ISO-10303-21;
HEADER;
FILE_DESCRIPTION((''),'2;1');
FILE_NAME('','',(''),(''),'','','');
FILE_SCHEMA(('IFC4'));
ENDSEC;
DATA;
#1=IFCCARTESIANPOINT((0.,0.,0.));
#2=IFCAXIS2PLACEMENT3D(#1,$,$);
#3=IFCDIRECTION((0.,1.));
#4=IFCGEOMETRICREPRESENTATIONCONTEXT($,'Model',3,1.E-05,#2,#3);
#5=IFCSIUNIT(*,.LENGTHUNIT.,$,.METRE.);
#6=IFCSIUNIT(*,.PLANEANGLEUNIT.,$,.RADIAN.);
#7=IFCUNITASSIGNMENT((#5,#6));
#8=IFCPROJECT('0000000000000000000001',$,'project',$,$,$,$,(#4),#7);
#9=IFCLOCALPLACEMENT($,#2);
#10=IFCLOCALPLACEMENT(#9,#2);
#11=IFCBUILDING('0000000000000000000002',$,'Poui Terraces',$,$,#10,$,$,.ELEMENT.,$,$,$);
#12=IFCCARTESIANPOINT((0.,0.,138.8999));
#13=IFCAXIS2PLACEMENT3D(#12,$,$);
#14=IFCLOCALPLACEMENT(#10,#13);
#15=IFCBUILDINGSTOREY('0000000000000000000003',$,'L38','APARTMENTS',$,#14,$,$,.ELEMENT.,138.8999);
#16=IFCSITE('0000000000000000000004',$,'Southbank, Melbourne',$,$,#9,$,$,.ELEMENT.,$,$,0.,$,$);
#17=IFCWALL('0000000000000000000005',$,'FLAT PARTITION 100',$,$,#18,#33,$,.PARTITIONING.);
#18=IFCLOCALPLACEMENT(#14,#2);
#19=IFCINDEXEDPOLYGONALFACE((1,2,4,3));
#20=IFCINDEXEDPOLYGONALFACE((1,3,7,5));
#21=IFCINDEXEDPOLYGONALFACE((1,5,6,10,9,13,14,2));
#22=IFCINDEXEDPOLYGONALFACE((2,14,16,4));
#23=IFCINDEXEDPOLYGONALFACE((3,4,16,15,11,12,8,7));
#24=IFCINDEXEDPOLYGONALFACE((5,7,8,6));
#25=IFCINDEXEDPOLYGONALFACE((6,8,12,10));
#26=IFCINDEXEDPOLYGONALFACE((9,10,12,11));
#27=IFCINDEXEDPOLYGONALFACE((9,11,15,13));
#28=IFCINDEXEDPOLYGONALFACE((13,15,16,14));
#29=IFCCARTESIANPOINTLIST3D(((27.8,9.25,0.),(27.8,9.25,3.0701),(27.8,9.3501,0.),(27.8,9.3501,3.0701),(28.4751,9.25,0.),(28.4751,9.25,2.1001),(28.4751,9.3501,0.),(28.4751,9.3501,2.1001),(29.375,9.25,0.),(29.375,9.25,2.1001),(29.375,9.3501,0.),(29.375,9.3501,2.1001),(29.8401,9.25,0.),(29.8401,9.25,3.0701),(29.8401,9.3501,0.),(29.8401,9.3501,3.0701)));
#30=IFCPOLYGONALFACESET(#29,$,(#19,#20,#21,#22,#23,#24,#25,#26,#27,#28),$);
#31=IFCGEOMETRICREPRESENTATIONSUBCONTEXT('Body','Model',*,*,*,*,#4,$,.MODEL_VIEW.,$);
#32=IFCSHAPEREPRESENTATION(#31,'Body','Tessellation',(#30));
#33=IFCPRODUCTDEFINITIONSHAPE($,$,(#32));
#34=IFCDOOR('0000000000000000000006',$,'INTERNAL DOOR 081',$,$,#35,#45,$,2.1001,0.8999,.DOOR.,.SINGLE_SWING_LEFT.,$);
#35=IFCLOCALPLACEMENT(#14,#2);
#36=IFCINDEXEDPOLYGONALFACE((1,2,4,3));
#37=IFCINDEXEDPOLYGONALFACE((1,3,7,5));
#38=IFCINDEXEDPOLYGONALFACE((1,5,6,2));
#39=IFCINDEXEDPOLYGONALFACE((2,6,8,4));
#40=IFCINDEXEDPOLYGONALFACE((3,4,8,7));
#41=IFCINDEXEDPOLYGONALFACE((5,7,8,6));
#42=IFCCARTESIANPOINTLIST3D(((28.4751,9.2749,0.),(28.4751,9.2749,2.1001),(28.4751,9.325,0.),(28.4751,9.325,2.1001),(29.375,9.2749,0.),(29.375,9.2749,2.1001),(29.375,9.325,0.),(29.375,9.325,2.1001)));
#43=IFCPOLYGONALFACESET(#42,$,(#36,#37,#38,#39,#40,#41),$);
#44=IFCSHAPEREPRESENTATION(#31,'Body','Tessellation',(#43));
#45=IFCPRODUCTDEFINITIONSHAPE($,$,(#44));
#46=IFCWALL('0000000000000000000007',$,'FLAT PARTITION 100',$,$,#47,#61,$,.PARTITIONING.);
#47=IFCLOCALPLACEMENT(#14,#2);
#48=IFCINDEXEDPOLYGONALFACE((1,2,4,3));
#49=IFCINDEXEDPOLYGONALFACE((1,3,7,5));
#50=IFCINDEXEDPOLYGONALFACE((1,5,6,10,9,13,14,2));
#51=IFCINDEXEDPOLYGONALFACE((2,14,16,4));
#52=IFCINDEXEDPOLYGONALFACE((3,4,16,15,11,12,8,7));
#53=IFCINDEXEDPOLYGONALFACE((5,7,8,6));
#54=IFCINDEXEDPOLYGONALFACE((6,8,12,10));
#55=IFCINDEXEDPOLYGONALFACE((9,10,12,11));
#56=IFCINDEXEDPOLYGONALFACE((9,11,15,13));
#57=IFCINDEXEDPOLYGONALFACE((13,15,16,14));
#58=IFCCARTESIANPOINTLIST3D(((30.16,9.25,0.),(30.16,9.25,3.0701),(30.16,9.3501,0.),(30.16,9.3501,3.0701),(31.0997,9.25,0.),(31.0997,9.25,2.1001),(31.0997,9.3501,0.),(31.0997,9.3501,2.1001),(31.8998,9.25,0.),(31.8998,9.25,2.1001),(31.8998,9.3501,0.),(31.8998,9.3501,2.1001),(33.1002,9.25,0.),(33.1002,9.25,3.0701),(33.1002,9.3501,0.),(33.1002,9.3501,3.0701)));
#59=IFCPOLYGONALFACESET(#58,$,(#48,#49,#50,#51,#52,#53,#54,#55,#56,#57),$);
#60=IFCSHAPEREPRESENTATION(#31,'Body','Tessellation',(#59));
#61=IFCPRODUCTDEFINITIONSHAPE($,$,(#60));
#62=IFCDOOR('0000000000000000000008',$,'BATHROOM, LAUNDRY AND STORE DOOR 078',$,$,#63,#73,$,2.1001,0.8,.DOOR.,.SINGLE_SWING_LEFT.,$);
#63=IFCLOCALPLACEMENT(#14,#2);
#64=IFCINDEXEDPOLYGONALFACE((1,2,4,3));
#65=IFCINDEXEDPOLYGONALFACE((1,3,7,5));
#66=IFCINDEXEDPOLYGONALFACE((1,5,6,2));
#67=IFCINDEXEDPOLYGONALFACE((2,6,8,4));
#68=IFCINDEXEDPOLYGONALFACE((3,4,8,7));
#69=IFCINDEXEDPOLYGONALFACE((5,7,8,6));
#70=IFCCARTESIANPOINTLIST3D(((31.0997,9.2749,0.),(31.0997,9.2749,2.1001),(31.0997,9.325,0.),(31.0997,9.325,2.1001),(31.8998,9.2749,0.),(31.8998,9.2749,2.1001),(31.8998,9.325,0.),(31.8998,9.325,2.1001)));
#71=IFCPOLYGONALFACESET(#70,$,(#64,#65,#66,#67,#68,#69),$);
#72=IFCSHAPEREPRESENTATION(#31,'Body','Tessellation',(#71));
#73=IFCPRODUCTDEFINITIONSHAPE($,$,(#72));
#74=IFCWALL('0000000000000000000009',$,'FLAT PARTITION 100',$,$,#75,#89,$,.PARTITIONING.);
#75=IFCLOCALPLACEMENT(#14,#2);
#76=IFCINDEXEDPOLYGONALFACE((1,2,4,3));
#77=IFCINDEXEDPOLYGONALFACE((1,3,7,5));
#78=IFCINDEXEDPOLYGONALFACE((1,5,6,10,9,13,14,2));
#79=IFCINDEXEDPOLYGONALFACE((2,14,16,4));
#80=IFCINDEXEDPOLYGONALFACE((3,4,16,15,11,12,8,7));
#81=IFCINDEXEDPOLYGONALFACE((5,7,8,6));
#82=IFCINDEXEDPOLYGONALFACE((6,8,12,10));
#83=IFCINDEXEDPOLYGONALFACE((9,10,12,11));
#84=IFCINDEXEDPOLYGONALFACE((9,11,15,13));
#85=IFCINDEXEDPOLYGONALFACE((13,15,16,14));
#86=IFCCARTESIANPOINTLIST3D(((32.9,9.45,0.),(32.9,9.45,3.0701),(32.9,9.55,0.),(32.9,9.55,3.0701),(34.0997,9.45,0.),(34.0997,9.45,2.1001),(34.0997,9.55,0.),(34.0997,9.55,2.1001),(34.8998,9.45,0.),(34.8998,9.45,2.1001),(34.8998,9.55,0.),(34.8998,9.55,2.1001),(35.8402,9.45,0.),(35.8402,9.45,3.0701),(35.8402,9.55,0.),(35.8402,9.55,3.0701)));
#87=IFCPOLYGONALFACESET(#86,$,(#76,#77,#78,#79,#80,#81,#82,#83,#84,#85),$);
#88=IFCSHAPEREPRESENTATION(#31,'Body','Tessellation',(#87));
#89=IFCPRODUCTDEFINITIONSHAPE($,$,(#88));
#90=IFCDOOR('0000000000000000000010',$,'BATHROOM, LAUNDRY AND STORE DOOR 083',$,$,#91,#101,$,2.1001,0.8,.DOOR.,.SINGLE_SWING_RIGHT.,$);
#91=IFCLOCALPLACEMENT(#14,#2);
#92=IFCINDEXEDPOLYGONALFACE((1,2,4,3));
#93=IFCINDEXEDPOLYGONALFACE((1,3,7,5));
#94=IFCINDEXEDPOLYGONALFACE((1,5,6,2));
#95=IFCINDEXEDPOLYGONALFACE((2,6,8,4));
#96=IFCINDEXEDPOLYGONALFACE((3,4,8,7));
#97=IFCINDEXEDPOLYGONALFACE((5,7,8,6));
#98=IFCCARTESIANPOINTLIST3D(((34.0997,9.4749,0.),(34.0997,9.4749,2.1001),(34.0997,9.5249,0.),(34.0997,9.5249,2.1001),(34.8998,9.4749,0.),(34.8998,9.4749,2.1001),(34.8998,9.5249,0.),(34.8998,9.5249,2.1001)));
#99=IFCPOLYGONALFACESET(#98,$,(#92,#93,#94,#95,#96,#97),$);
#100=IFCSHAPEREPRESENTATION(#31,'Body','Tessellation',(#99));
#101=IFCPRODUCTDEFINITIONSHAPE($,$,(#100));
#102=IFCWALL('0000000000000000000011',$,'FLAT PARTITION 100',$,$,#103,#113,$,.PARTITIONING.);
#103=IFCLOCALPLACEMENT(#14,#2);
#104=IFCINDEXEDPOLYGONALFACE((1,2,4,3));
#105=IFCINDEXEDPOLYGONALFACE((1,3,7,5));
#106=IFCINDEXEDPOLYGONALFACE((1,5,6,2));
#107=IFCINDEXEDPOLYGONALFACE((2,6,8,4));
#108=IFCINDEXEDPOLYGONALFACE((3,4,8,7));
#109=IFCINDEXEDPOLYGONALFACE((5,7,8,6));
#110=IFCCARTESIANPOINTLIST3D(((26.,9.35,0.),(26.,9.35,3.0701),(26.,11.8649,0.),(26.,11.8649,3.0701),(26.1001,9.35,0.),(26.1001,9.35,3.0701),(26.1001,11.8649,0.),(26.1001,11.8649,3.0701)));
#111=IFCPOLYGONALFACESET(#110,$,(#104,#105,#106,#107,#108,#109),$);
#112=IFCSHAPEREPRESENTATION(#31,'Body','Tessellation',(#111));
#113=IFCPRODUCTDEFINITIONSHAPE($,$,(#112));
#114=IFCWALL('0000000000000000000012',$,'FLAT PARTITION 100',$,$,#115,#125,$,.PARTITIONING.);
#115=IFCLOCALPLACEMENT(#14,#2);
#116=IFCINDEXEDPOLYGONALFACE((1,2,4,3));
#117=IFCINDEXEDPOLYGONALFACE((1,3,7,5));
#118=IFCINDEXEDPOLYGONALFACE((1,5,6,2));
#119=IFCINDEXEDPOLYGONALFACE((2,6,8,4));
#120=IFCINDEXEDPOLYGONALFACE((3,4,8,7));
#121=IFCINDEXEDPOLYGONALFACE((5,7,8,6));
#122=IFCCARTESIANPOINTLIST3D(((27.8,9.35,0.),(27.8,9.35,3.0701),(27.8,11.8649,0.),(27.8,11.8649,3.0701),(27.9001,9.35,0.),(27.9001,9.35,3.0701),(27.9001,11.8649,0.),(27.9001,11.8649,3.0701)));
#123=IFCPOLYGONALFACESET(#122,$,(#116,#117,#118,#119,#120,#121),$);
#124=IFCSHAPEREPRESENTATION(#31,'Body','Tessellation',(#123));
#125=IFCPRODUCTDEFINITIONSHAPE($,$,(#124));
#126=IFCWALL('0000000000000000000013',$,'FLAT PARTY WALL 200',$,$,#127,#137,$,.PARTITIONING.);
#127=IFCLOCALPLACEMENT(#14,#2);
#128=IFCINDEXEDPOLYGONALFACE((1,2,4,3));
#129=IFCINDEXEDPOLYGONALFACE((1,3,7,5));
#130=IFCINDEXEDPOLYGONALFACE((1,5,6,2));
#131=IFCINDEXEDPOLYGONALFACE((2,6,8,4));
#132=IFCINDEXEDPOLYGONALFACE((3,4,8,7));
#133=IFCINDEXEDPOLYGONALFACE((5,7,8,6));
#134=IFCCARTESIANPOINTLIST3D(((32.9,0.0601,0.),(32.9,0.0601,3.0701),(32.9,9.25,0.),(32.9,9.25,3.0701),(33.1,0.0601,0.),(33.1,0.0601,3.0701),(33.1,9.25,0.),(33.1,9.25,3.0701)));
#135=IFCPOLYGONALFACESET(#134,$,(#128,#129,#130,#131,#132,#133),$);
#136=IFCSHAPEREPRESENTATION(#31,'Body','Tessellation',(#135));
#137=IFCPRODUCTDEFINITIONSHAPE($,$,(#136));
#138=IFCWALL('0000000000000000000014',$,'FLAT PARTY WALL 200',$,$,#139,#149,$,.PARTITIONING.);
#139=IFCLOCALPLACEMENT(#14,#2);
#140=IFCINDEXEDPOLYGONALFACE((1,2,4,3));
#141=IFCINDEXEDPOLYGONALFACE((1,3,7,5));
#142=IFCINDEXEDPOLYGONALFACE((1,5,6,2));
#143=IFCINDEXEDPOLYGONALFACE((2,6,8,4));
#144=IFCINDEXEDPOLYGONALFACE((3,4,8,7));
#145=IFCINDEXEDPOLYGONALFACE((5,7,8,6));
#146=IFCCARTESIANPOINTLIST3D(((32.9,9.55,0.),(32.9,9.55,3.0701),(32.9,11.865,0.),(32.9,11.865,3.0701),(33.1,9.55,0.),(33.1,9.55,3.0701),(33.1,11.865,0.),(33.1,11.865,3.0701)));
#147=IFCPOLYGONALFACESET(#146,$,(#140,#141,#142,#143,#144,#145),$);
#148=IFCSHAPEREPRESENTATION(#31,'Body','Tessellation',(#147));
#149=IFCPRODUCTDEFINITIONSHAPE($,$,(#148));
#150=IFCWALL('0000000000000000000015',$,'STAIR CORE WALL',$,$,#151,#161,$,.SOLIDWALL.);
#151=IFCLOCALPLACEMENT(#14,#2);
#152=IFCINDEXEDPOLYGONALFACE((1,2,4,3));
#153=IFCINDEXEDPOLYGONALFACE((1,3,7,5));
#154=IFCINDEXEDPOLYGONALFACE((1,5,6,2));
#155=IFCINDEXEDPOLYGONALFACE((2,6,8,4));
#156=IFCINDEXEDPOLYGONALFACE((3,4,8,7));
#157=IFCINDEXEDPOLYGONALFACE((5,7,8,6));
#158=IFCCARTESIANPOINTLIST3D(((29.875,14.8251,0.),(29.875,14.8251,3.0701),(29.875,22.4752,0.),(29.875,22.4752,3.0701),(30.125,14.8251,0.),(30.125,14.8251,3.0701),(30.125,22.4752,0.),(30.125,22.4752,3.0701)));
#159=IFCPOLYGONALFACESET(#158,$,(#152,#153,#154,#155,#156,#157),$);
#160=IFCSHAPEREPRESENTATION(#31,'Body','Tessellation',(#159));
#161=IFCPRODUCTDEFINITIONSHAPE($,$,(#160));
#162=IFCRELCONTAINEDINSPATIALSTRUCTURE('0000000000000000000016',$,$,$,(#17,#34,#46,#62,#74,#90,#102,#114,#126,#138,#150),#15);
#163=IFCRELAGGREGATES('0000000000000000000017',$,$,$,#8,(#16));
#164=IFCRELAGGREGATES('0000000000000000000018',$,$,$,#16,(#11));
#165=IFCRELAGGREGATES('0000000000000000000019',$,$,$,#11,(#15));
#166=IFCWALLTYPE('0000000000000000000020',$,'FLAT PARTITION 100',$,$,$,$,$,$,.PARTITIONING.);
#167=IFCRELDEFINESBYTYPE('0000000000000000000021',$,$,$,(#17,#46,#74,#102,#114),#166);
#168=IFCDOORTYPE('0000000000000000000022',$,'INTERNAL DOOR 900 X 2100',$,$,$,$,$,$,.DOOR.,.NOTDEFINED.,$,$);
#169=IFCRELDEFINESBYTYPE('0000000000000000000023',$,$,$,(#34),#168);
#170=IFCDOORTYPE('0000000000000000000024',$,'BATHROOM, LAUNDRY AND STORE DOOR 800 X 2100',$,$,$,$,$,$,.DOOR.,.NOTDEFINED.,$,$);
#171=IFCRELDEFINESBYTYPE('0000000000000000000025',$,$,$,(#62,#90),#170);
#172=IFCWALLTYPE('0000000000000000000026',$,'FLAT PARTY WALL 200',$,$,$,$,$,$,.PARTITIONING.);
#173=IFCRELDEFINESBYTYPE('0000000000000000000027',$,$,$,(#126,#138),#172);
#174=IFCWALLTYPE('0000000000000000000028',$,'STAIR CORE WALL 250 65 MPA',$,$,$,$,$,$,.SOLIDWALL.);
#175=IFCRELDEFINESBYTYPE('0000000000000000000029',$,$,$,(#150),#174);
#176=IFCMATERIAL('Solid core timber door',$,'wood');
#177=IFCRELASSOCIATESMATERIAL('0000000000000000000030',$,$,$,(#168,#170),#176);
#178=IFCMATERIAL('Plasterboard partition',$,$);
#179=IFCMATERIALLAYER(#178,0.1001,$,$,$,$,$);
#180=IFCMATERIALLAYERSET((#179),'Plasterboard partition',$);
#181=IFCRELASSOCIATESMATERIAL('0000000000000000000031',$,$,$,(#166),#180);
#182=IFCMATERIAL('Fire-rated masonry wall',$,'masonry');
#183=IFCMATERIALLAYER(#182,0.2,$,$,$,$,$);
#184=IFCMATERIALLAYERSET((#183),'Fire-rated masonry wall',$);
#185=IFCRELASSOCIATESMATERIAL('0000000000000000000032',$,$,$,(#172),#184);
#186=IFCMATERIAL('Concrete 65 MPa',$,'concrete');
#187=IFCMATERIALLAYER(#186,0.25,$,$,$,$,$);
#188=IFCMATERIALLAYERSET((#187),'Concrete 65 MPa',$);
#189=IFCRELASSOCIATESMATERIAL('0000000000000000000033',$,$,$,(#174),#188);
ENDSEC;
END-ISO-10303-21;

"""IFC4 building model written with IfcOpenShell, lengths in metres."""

from ifc_helpers import new_model, si_unit, direction, frame, frame_2d, origin, place, context, subcontext, project, spatial, rectangle, extrude, material, layer, layer_set, type_object, element, fill, save


model = new_model("IFC4")

# Units and contexts
model_context = context("Model", 3, precision=1e-05, world=origin(), true_north=direction((0.0, 1.0)))
body_context = subcontext(model_context, "Body", "Model", "MODEL_VIEW")
ifc_project = project(units=[si_unit("LENGTHUNIT", "METRE"), si_unit("PLANEANGLEUNIT", "RADIAN")], contexts=[model_context])

# Site, building, storey
site_placement = place(None, origin())
site = spatial("IfcSite", under=ifc_project, at=site_placement, Name="Southbank, Melbourne", CompositionType="ELEMENT", RefElevation=0.0)
building_placement = place(site_placement, origin())
building = spatial("IfcBuilding", under=site, at=building_placement, Name="Poui Terraces", CompositionType="ELEMENT")
storey_placement = place(building_placement, frame((0.0, 0.0, 138.8999)))
storey = spatial("IfcBuildingStorey", under=building, at=storey_placement, Name="L38", Description="APARTMENTS", CompositionType="ELEMENT", Elevation=138.8999)

# Shared definitions
ifc_material_1 = material(Name="Concrete 65 MPa", Category="concrete")

# Walls, openings, doors
ifc_material_2 = material(Name="Solid core timber door", Category="wood")
door_type_1 = type_object("IfcDoorType", Name="INTERNAL DOOR 900 X 2100", OperationType="NOTDEFINED", PredefinedType="DOOR", material=ifc_material_2)
ifc_material_3 = material(Name="Plasterboard partition")
ifc_layer_1 = layer(ifc_material_3, 0.1001)
ifc_layer_set_1 = layer_set([ifc_layer_1], Name="Plasterboard partition")
wall_type_1 = type_object("IfcWallType", Name="FLAT PARTITION 100", PredefinedType="PARTITIONING", material=ifc_layer_set_1)
door_type_2 = type_object("IfcDoorType", Name="BATHROOM, LAUNDRY AND STORE DOOR 800 X 2100", OperationType="NOTDEFINED", PredefinedType="DOOR", material=ifc_material_2)
wall_1_placement = place(storey_placement, frame((27.8, 9.3, 0.0), z_axis=(0.0, 0.0, 1.0), x_axis=(1.0, 0.0, 0.0)))
wall_1 = element("IfcWall", 1, at=wall_1_placement, inside=storey, type_object=wall_type_1, Name="FLAT PARTITION 100", PredefinedType="PARTITIONING", context=body_context, shape_type="SweptSolid", body=[
    extrude(rectangle(XDim=2.04, YDim=0.1001, at=frame_2d((1.02, 0.0))), origin(), (0.0, 0.0, 1.0), 3.0701),
])
opening_1_placement = place(wall_1_placement, frame((0.675, 0.0, 0.0)))
opening_1 = element("IfcOpeningElement", 2, at=opening_1_placement, cuts=wall_1, PredefinedType="OPENING", context=body_context, shape_type="SweptSolid", body=[
    extrude(rectangle(XDim=0.8999, YDim=2.1001, at=frame_2d((0.45, 1.05))), frame((0.0, 0.0601, 0.0), z_axis=(0.0, -1.0, 0.0), x_axis=(1.0, 0.0, 0.0)), (0.0, 0.0, 1.0), 0.1201),
])
door_1_placement = place(opening_1_placement, origin())
door_1 = element("IfcDoor", 3, at=door_1_placement, inside=storey, type_object=door_type_1, Name="INTERNAL DOOR 081", OperationType="SINGLE_SWING_LEFT", OverallHeight=2.1001, OverallWidth=0.8999, PredefinedType="DOOR", context=body_context, shape_type="SweptSolid", body=[
    extrude(rectangle(XDim=0.8999, YDim=2.1001, at=frame_2d((0.45, 1.05))), frame((0.0, 0.0249, 0.0), z_axis=(0.0, -1.0, 0.0), x_axis=(1.0, 0.0, 0.0)), (0.0, 0.0, 1.0), 0.05),
])
fill(opening_1, door_1)
wall_2_placement = place(storey_placement, frame((30.1599, 9.3, 0.0), z_axis=(0.0, 0.0, 1.0), x_axis=(1.0, 0.0, 0.0)))
wall_2 = element("IfcWall", 4, at=wall_2_placement, inside=storey, type_object=wall_type_1, Name="FLAT PARTITION 100", PredefinedType="PARTITIONING", context=body_context, shape_type="SweptSolid", body=[
    extrude(rectangle(XDim=2.9402, YDim=0.1001, at=frame_2d((1.4702, 0.0))), origin(), (0.0, 0.0, 1.0), 3.0701),
])
opening_2_placement = place(wall_2_placement, frame((0.9399, 0.0, 0.0)))
opening_2 = element("IfcOpeningElement", 5, at=opening_2_placement, cuts=wall_2, PredefinedType="OPENING", context=body_context, shape_type="SweptSolid", body=[
    extrude(rectangle(XDim=0.8, YDim=2.1001, at=frame_2d((0.3999, 1.05))), frame((0.0, 0.0601, 0.0), z_axis=(0.0, -1.0, 0.0), x_axis=(1.0, 0.0, 0.0)), (0.0, 0.0, 1.0), 0.1201),
])
door_2_placement = place(opening_2_placement, origin())
door_2 = element("IfcDoor", 6, at=door_2_placement, inside=storey, type_object=door_type_2, Name="BATHROOM, LAUNDRY AND STORE DOOR 078", OperationType="SINGLE_SWING_LEFT", OverallHeight=2.1001, OverallWidth=0.8, PredefinedType="DOOR", context=body_context, shape_type="SweptSolid", body=[
    extrude(rectangle(XDim=0.8, YDim=2.1001, at=frame_2d((0.3999, 1.05))), frame((0.0, 0.0249, 0.0), z_axis=(0.0, -1.0, 0.0), x_axis=(1.0, 0.0, 0.0)), (0.0, 0.0, 1.0), 0.05),
])
fill(opening_2, door_2)
wall_3_placement = place(storey_placement, frame((32.8999, 9.5, 0.0), z_axis=(0.0, 0.0, 1.0), x_axis=(1.0, 0.0, 0.0)))
wall_3 = element("IfcWall", 7, at=wall_3_placement, inside=storey, type_object=wall_type_1, Name="FLAT PARTITION 100", PredefinedType="PARTITIONING", context=body_context, shape_type="SweptSolid", body=[
    extrude(rectangle(XDim=2.9402, YDim=0.1001, at=frame_2d((1.4702, 0.0))), origin(), (0.0, 0.0, 1.0), 3.0701),
])
opening_3_placement = place(wall_3_placement, frame((1.2, 0.0, 0.0)))
opening_3 = element("IfcOpeningElement", 8, at=opening_3_placement, cuts=wall_3, PredefinedType="OPENING", context=body_context, shape_type="SweptSolid", body=[
    extrude(rectangle(XDim=0.8, YDim=2.1001, at=frame_2d((0.3999, 1.05))), frame((0.0, 0.0601, 0.0), z_axis=(0.0, -1.0, 0.0), x_axis=(1.0, 0.0, 0.0)), (0.0, 0.0, 1.0), 0.1201),
])
door_3_placement = place(opening_3_placement, origin())
door_3 = element("IfcDoor", 9, at=door_3_placement, inside=storey, type_object=door_type_2, Name="BATHROOM, LAUNDRY AND STORE DOOR 083", OperationType="SINGLE_SWING_RIGHT", OverallHeight=2.1001, OverallWidth=0.8, PredefinedType="DOOR", context=body_context, shape_type="SweptSolid", body=[
    extrude(rectangle(XDim=0.8, YDim=2.1001, at=frame_2d((0.3999, 1.05))), frame((0.0, 0.0249, 0.0), z_axis=(0.0, -1.0, 0.0), x_axis=(1.0, 0.0, 0.0)), (0.0, 0.0, 1.0), 0.05),
])
fill(opening_3, door_3)

# Walls
for number, where, z_axis, x_axis, name in (
    (10, (26.05, 9.3501, 0.0), (0.0, 0.0, 1.0), (0.0, 1.0, 0.0), "FLAT PARTITION 100"),
    (11, (27.8501, 9.3501, 0.0), (0.0, 0.0, 1.0), (0.0, 1.0, 0.0), "FLAT PARTITION 100"),
):
    element("IfcWall", number, at=place(storey_placement, frame(where, z_axis=z_axis, x_axis=x_axis)), inside=storey, type_object=wall_type_1, Name=name, PredefinedType="PARTITIONING", context=body_context, shape_type="SweptSolid", body=[
        extrude(rectangle(XDim=2.5149, YDim=0.1001, at=frame_2d((1.2573, 0.0))), origin(), (0.0, 0.0, 1.0), 3.0701),
    ])
ifc_material_4 = material(Name="Fire-rated masonry wall", Category="masonry")
ifc_layer_2 = layer(ifc_material_4, 0.2)
ifc_layer_set_2 = layer_set([ifc_layer_2], Name="Fire-rated masonry wall")
wall_type_2 = type_object("IfcWallType", Name="FLAT PARTY WALL 200", PredefinedType="PARTITIONING", material=ifc_layer_set_2)
wall_4_placement = place(storey_placement, frame((33.0, 0.0601, 0.0), z_axis=(0.0, 0.0, 1.0), x_axis=(0.0, 1.0, 0.0)))
element("IfcWall", 12, at=wall_4_placement, inside=storey, type_object=wall_type_2, Name="FLAT PARTY WALL 200", PredefinedType="PARTITIONING", context=body_context, shape_type="SweptSolid", body=[
    extrude(rectangle(XDim=9.1899, YDim=0.2, at=frame_2d((4.595, 0.0))), origin(), (0.0, 0.0, 1.0), 3.0701),
])
wall_5_placement = place(storey_placement, frame((33.0, 9.55, 0.0), z_axis=(0.0, 0.0, 1.0), x_axis=(0.0, 1.0, 0.0)))
element("IfcWall", 13, at=wall_5_placement, inside=storey, type_object=wall_type_2, Name="FLAT PARTY WALL 200", PredefinedType="PARTITIONING", context=body_context, shape_type="SweptSolid", body=[
    extrude(rectangle(XDim=2.3149, YDim=0.2, at=frame_2d((1.1575, 0.0))), origin(), (0.0, 0.0, 1.0), 3.0701),
])
ifc_layer_3 = layer(ifc_material_1, 0.25)
ifc_layer_set_3 = layer_set([ifc_layer_3], Name="Concrete 65 MPa")
wall_type_3 = type_object("IfcWallType", Name="STAIR CORE WALL 250 65 MPA", PredefinedType="SOLIDWALL", material=ifc_layer_set_3)
wall_6_placement = place(storey_placement, frame((30.0, 14.825, 0.0), z_axis=(0.0, 0.0, 1.0), x_axis=(0.0, 1.0, 0.0)))
element("IfcWall", 14, at=wall_6_placement, inside=storey, type_object=wall_type_3, Name="STAIR CORE WALL", PredefinedType="SOLIDWALL", context=body_context, shape_type="SweptSolid", body=[
    extrude(rectangle(XDim=7.6501, YDim=0.25, at=frame_2d((3.8252, 0.0))), origin(), (0.0, 0.0, 1.0), 3.0701),
])

save(model, "model.ifc")
